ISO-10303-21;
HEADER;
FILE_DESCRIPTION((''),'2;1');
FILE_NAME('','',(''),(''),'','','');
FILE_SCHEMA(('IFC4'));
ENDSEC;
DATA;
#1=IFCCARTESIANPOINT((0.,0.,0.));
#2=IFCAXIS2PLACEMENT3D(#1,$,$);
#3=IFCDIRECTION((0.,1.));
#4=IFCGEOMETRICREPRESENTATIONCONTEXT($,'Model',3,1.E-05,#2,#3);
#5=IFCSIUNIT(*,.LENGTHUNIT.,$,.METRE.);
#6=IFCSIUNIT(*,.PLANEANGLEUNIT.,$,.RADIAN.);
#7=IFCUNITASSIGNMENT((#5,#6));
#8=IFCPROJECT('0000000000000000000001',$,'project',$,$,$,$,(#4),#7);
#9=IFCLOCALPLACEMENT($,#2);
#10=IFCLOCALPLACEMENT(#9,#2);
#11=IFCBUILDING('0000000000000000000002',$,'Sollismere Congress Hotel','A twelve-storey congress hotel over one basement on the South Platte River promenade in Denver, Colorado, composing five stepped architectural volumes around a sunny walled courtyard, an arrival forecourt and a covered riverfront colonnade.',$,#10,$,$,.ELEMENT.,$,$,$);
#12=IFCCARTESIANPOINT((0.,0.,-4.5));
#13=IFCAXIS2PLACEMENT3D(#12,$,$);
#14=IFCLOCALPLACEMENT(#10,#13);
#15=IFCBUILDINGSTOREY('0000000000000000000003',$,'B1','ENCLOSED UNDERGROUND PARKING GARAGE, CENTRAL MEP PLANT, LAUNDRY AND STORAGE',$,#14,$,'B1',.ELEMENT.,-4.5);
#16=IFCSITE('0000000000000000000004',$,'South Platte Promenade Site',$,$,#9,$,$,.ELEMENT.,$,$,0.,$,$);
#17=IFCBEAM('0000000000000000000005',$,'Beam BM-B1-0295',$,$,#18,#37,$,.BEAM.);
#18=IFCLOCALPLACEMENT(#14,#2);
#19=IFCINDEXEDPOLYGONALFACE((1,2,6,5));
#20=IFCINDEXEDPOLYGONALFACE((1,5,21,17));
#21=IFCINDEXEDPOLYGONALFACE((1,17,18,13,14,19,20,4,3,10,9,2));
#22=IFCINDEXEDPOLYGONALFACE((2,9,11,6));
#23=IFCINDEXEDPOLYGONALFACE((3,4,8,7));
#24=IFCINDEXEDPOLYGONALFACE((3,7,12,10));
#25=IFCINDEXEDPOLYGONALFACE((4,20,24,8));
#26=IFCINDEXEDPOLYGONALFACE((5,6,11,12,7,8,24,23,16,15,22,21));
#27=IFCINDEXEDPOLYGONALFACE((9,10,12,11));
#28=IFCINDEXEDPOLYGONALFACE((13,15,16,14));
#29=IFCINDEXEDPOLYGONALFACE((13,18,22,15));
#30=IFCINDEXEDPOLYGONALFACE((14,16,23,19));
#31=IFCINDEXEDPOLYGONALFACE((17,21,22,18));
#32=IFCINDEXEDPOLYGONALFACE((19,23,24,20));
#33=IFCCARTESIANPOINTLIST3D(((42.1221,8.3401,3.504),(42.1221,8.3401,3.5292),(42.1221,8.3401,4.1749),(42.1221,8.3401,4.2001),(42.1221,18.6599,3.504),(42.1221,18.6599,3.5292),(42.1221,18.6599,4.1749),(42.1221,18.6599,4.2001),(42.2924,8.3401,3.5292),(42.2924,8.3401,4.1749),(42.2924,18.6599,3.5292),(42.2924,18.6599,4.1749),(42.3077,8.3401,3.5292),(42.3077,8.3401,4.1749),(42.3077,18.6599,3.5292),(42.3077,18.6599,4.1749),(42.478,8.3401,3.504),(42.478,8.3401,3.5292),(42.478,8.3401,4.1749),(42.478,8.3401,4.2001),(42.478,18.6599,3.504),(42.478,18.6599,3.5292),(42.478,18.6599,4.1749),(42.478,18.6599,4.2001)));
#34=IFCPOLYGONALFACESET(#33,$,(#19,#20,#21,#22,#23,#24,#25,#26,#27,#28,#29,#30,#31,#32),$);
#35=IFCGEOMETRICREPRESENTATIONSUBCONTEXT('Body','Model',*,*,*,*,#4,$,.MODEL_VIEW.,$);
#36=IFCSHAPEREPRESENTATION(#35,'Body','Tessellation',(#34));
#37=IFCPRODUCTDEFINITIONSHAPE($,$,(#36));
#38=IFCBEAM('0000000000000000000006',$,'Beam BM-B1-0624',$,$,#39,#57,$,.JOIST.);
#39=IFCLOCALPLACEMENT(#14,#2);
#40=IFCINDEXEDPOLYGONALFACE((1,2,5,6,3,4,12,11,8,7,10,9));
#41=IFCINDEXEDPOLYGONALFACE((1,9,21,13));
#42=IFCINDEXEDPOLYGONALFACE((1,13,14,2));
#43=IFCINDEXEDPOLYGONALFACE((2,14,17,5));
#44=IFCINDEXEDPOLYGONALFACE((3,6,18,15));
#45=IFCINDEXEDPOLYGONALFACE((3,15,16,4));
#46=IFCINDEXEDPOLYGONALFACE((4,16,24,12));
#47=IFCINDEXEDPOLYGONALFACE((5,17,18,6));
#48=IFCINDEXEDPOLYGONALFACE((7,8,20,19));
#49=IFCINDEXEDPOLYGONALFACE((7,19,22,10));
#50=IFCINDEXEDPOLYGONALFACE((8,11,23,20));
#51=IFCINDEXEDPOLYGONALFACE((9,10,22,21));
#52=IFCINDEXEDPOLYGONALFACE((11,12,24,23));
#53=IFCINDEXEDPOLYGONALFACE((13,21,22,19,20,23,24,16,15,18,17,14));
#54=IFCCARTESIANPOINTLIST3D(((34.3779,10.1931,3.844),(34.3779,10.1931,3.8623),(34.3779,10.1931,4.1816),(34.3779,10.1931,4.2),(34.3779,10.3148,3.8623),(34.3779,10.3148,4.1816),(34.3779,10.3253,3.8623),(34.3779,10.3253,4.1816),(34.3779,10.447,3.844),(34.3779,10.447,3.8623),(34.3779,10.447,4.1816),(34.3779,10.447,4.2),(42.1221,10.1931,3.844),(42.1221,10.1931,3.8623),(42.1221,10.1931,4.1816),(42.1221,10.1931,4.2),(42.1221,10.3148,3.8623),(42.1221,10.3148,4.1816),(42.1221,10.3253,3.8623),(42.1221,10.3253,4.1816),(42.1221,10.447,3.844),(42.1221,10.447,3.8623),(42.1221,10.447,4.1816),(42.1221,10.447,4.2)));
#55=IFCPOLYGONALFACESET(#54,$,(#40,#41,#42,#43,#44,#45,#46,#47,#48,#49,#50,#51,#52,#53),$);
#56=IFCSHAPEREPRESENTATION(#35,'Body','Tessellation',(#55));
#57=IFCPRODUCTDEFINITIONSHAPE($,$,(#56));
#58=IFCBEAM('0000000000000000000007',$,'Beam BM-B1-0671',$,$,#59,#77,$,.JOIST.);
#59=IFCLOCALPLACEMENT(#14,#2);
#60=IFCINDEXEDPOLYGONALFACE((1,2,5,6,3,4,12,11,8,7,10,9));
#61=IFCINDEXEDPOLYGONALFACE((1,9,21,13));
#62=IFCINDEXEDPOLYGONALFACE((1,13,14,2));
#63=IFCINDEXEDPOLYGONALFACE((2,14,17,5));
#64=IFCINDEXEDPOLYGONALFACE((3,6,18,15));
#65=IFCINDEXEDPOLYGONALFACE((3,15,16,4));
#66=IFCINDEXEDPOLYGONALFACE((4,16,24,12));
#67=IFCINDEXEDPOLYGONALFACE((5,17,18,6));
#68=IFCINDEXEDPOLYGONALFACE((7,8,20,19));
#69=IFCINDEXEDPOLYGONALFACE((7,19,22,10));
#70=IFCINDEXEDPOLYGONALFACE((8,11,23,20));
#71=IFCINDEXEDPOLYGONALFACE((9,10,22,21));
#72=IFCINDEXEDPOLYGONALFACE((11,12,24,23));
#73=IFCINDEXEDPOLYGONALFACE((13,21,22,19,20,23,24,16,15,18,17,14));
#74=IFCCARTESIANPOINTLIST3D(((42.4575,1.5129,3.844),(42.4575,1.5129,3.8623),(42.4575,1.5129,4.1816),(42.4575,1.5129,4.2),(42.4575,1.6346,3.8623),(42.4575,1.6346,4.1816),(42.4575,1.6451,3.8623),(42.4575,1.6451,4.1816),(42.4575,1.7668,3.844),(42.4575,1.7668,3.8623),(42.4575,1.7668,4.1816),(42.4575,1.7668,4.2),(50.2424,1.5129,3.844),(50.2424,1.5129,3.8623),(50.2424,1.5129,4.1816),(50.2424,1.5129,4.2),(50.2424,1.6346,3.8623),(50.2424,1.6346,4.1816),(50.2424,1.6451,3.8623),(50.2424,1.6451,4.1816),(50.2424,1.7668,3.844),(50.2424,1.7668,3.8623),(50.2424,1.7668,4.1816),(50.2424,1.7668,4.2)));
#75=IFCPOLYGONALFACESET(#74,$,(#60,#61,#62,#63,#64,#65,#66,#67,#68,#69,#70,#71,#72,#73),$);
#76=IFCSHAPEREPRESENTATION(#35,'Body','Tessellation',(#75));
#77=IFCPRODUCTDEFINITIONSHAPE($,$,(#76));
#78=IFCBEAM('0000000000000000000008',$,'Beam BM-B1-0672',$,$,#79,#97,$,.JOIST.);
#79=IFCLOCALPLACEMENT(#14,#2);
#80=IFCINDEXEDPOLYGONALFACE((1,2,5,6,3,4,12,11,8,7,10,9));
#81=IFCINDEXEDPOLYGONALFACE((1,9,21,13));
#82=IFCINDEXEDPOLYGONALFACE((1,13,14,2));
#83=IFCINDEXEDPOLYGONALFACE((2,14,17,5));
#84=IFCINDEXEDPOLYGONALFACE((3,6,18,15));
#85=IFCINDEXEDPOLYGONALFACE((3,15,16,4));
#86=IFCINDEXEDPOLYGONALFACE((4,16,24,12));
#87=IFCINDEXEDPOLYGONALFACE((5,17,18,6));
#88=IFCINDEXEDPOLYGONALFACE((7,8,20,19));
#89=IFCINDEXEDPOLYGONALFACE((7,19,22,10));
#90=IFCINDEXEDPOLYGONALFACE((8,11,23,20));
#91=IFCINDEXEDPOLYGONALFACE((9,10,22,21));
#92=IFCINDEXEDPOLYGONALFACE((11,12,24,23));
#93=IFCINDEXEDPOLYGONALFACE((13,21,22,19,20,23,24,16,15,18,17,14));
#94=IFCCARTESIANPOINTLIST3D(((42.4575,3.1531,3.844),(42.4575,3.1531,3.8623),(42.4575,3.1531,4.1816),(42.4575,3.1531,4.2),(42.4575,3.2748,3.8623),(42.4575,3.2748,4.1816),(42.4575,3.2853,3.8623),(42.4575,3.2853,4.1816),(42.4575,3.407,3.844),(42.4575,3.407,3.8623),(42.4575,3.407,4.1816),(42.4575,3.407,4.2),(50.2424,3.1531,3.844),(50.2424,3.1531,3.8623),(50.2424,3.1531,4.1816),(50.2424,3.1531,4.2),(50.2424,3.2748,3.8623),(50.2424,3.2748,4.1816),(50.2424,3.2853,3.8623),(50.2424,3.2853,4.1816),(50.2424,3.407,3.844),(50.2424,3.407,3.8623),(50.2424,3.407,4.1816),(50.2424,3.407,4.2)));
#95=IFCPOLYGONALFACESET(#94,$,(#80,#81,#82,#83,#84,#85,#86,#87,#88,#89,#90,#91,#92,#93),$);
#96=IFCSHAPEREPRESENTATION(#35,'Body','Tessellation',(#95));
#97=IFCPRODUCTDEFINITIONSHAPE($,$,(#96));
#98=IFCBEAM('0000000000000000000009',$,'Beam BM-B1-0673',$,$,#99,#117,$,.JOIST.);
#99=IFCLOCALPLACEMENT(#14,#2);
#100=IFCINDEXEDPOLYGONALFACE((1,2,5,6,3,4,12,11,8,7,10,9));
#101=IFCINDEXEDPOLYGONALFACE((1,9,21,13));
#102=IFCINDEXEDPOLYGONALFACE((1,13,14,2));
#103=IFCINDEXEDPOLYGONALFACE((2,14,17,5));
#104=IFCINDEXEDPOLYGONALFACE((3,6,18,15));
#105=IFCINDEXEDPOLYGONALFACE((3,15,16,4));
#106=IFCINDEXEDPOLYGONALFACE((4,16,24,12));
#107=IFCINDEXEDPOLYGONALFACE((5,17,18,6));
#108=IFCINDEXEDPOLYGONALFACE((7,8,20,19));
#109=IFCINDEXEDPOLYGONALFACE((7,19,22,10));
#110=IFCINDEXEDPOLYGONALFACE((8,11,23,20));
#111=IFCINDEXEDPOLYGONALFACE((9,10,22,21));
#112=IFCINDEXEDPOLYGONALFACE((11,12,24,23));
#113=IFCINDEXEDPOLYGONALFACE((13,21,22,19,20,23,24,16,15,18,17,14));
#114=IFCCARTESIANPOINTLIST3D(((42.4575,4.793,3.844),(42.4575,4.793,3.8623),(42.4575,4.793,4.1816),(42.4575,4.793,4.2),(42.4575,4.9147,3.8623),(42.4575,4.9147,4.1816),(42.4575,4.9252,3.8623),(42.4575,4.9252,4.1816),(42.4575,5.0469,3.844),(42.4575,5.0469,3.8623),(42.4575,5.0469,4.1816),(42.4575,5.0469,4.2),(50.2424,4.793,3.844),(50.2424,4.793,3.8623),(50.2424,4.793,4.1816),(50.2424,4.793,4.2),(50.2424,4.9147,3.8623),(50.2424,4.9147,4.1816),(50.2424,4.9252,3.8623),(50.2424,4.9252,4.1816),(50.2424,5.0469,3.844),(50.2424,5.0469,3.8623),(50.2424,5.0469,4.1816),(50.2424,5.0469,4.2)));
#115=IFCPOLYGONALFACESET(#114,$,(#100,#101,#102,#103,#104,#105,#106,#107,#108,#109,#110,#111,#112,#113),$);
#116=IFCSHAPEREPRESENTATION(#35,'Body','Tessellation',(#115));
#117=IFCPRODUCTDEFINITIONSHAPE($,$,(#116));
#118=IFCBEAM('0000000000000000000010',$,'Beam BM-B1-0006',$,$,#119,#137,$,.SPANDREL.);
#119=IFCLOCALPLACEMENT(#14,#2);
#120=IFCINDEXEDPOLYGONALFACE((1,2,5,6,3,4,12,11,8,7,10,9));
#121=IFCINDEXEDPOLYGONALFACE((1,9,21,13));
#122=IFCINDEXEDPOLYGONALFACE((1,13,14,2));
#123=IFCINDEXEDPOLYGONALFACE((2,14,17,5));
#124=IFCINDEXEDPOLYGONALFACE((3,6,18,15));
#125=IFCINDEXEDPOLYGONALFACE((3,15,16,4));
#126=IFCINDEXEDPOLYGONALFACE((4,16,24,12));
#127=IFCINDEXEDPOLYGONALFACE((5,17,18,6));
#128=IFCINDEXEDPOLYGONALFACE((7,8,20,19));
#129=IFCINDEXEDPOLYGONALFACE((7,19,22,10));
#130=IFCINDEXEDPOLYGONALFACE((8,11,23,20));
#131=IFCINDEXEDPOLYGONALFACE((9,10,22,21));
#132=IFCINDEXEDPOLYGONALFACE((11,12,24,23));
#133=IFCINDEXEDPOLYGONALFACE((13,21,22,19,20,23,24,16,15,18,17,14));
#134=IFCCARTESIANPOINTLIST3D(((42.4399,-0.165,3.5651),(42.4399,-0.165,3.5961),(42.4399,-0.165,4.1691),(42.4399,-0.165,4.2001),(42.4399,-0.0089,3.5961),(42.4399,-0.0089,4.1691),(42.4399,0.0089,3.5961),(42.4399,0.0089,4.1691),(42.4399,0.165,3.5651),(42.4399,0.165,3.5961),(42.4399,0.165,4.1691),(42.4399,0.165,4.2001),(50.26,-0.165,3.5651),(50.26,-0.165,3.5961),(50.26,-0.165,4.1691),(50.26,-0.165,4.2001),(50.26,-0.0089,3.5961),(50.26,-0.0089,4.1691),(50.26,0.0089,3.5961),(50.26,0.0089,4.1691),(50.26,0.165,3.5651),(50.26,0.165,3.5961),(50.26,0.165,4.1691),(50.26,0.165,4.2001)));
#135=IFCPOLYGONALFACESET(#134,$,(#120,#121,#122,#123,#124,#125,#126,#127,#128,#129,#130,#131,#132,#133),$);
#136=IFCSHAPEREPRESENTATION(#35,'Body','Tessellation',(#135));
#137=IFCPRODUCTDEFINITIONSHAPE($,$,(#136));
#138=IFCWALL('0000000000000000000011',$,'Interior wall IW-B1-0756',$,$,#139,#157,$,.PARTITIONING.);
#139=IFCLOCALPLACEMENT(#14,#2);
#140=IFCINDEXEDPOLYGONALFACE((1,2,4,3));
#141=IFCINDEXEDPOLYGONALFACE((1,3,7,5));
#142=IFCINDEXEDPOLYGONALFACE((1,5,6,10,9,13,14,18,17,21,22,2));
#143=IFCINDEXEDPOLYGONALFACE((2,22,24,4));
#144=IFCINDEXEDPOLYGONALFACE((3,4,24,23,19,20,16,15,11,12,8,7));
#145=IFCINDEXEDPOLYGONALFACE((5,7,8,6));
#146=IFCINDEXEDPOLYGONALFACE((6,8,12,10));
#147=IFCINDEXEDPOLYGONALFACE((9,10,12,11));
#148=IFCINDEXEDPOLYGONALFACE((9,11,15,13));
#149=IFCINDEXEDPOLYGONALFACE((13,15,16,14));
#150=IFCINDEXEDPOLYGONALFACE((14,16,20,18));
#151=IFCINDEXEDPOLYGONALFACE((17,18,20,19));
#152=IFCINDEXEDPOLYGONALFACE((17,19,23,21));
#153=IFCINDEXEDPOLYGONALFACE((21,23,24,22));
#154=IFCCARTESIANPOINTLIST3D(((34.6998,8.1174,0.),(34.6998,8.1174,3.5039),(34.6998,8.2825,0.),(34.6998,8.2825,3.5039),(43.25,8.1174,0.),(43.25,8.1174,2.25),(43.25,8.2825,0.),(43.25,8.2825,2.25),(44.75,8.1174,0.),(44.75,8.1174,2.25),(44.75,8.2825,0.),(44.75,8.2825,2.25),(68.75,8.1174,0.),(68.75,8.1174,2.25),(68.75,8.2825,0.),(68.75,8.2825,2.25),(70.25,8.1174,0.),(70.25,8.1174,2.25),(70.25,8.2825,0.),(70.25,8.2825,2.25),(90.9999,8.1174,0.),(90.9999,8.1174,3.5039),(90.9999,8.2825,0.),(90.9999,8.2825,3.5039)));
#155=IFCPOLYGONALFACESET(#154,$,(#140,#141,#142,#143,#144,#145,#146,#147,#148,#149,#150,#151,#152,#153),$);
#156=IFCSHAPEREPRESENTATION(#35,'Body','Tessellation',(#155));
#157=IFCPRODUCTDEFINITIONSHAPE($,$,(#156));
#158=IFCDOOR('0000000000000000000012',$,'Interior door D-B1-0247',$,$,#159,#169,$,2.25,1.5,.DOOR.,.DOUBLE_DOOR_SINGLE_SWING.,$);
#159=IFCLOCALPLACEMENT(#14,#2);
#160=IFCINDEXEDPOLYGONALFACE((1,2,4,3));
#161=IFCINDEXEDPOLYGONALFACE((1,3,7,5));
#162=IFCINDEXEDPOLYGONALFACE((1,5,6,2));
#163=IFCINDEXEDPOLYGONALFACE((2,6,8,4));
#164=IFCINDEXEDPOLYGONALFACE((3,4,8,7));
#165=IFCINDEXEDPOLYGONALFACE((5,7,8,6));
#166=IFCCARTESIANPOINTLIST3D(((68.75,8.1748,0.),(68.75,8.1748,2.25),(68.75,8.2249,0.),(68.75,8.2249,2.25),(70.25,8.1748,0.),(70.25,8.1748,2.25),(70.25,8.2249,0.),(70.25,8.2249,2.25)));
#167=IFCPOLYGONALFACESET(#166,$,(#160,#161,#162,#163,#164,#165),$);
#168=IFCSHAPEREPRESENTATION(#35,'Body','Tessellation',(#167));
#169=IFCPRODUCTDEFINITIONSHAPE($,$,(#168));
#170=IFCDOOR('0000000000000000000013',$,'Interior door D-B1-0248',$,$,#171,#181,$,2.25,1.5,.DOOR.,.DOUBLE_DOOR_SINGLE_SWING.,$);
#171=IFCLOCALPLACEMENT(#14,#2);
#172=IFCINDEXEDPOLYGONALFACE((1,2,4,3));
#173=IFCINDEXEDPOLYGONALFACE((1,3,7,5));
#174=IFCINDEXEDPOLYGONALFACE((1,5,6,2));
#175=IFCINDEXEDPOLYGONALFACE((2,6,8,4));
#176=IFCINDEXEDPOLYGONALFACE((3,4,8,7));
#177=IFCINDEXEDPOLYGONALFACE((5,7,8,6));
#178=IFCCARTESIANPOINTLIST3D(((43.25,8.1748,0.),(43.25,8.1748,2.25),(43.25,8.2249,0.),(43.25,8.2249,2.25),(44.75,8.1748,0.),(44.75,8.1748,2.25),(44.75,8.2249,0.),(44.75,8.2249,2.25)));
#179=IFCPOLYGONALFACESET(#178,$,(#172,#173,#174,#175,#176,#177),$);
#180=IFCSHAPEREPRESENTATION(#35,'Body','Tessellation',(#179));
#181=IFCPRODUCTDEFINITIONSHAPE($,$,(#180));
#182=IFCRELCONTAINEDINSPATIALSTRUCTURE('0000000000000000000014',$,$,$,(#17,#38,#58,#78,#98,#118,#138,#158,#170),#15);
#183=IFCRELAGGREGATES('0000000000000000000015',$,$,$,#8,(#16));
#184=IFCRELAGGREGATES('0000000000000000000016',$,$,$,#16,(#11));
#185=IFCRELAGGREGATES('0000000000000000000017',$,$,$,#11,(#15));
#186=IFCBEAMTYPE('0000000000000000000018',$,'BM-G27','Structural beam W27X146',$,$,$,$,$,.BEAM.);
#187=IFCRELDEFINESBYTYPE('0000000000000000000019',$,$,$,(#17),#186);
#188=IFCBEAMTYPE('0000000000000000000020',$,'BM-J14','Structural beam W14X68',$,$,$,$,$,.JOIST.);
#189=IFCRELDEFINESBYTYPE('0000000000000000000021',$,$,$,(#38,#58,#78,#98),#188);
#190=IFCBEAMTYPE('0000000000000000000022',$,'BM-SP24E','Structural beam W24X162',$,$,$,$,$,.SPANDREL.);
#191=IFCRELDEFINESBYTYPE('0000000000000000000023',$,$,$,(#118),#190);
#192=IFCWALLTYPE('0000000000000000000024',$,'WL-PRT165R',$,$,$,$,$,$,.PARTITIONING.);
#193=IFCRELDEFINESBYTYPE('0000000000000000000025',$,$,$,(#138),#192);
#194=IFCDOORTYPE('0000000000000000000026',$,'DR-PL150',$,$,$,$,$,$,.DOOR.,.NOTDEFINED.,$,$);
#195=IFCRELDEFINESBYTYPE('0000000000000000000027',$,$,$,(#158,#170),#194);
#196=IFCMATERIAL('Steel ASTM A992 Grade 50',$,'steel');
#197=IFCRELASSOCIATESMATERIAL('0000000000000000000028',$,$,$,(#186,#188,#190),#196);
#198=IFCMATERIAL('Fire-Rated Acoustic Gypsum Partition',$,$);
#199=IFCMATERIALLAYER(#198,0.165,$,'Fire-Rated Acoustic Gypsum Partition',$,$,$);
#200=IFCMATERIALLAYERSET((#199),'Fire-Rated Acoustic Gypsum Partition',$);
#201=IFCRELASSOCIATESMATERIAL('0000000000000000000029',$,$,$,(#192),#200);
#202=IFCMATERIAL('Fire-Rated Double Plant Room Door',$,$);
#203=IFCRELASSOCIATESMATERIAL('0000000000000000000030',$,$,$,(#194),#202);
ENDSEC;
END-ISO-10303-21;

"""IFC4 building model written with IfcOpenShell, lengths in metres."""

from ifc_helpers import new_model, si_unit, direction, frame, frame_2d, origin, origin_2d, place, context, subcontext, project, spatial, rectangle, i_section, extrude, material, layer, layer_set, material_profile, profile_set, type_object, element, fill, save


model = new_model("IFC4")

# Units and contexts
model_context = context("Model", 3, precision=1e-05, world=origin(), true_north=direction((0.0, 1.0)))
body_context = subcontext(model_context, "Body", "Model", "MODEL_VIEW")
ifc_project = project(units=[si_unit("LENGTHUNIT", "METRE"), si_unit("PLANEANGLEUNIT", "RADIAN")], contexts=[model_context])

# Site, building, storey
site_placement = place(None, origin())
site = spatial("IfcSite", under=ifc_project, at=site_placement, Name="South Platte Promenade Site", CompositionType="ELEMENT", RefElevation=0.0)
building_placement = place(site_placement, origin())
building = spatial("IfcBuilding", under=site, at=building_placement, Name="Sollismere Congress Hotel", Description="A twelve-storey congress hotel over one basement on the South Platte River promenade in Denver, Colorado, composing five stepped architectural volumes around a sunny walled courtyard, an arrival forecourt and a covered riverfront colonnade.", CompositionType="ELEMENT")
storey_placement = place(building_placement, frame((0.0, 0.0, -4.5)))
storey = spatial("IfcBuildingStorey", under=building, at=storey_placement, Name="B1", Description="ENCLOSED UNDERGROUND PARKING GARAGE, CENTRAL MEP PLANT, LAUNDRY AND STORAGE", LongName="B1", CompositionType="ELEMENT", Elevation=-4.5)

# Beams
ifc_material_1 = material(Name="Steel ASTM A992 Grade 50", Category="steel")
ifc_material_profile_1 = material_profile(ifc_material_1, i_section(OverallWidth=0.356, OverallDepth=0.696, WebThickness=0.0154, FlangeThickness=0.0251, at=origin_2d()), Name="W27X146")
ifc_profile_set_1 = profile_set([ifc_material_profile_1], Name="Steel ASTM A992 Grade 50")
beam_type_1 = type_object("IfcBeamType", Name="BM-G27", Description="Structural beam W27X146", PredefinedType="BEAM", material=ifc_profile_set_1)
beam_1_placement = place(storey_placement, frame((42.3, 8.3401, 3.8521), z_axis=(0.0, 1.0, 0.0), x_axis=(-1.0, 0.0, 0.0)))
element("IfcBeam", 1, at=beam_1_placement, inside=storey, type_object=beam_type_1, Name="Beam BM-B1-0295", PredefinedType="BEAM", context=body_context, shape_type="SweptSolid", body=[
    extrude(i_section(OverallWidth=0.356, OverallDepth=0.696, WebThickness=0.0154, FlangeThickness=0.0251, at=origin_2d()), origin(), (0.0, 0.0, 1.0), 10.3198),
])
ifc_material_profile_2 = material_profile(ifc_material_1, i_section(OverallWidth=0.2539, OverallDepth=0.356, WebThickness=0.0105, FlangeThickness=0.0183, at=origin_2d()), Name="W14X68")
ifc_profile_set_2 = profile_set([ifc_material_profile_2], Name="Steel ASTM A992 Grade 50")
beam_type_2 = type_object("IfcBeamType", Name="BM-J14", Description="Structural beam W14X68", PredefinedType="JOIST", material=ifc_profile_set_2)
beam_2_placement = place(storey_placement, frame((34.3779, 10.3201, 4.022), z_axis=(1.0, 0.0, 0.0), x_axis=(0.0, 1.0, 0.0)))
element("IfcBeam", 2, at=beam_2_placement, inside=storey, type_object=beam_type_2, Name="Beam BM-B1-0624", PredefinedType="JOIST", context=body_context, shape_type="SweptSolid", body=[
    extrude(i_section(OverallWidth=0.2539, OverallDepth=0.356, WebThickness=0.0105, FlangeThickness=0.0183, at=origin_2d()), origin(), (0.0, 0.0, 1.0), 7.7441),
])
for number, where, z_axis, x_axis, name in (
    (3, (42.4575, 1.6399, 4.022), (1.0, 0.0, 0.0), (0.0, 1.0, 0.0), "Beam BM-B1-0671"),
    (4, (42.4575, 3.28, 4.022), (1.0, 0.0, 0.0), (0.0, 1.0, 0.0), "Beam BM-B1-0672"),
    (5, (42.4575, 4.9199, 4.022), (1.0, 0.0, 0.0), (0.0, 1.0, 0.0), "Beam BM-B1-0673"),
):
    element("IfcBeam", number, at=place(storey_placement, frame(where, z_axis=z_axis, x_axis=x_axis)), inside=storey, type_object=beam_type_2, Name=name, PredefinedType="JOIST", context=body_context, shape_type="SweptSolid", body=[
        extrude(i_section(OverallWidth=0.2539, OverallDepth=0.356, WebThickness=0.0105, FlangeThickness=0.0183, at=origin_2d()), origin(), (0.0, 0.0, 1.0), 7.7849),
    ])
ifc_material_profile_3 = material_profile(ifc_material_1, i_section(OverallWidth=0.3301, OverallDepth=0.635, WebThickness=0.0178, FlangeThickness=0.031, at=origin_2d()), Name="W24X162")
ifc_profile_set_3 = profile_set([ifc_material_profile_3], Name="Steel ASTM A992 Grade 50")
beam_type_3 = type_object("IfcBeamType", Name="BM-SP24E", Description="Structural beam W24X162", PredefinedType="SPANDREL", material=ifc_profile_set_3)
beam_3_placement = place(storey_placement, frame((42.4399, 0.0, 3.8826), z_axis=(1.0, 0.0, 0.0), x_axis=(0.0, 1.0, 0.0)))
element("IfcBeam", 6, at=beam_3_placement, inside=storey, type_object=beam_type_3, Name="Beam BM-B1-0006", PredefinedType="SPANDREL", context=body_context, shape_type="SweptSolid", body=[
    extrude(i_section(OverallWidth=0.3301, OverallDepth=0.635, WebThickness=0.0178, FlangeThickness=0.031, at=origin_2d()), origin(), (0.0, 0.0, 1.0), 7.8201),
])

# Wall, openings, doors
ifc_material_2 = material(Name="Fire-Rated Acoustic Gypsum Partition")
ifc_layer = layer(ifc_material_2, 0.165, Name="Fire-Rated Acoustic Gypsum Partition")
ifc_layer_set = layer_set([ifc_layer], Name="Fire-Rated Acoustic Gypsum Partition")
wall_type = type_object("IfcWallType", Name="WL-PRT165R", PredefinedType="PARTITIONING", material=ifc_layer_set)
wall_1_placement = place(storey_placement, frame((34.7, 8.2, 0.0), z_axis=(0.0, 0.0, 1.0), x_axis=(1.0, 0.0, 0.0)))
wall_1 = element("IfcWall", 7, at=wall_1_placement, inside=storey, type_object=wall_type, Name="Interior wall IW-B1-0756", PredefinedType="PARTITIONING", context=body_context, shape_type="SweptSolid", body=[
    extrude(rectangle(XDim=56.3, YDim=0.165, at=frame_2d((28.1499, 0.0))), origin(), (0.0, 0.0, 1.0), 3.5039),
])
opening_1_placement = place(wall_1_placement, frame((34.05, 0.0, 0.0)))
opening_1 = element("IfcOpeningElement", 8, at=opening_1_placement, cuts=wall_1, PredefinedType="OPENING", context=body_context, shape_type="SweptSolid", body=[
    extrude(rectangle(XDim=1.5, YDim=2.25, at=frame_2d((0.75, 1.125))), frame((0.0, 0.0925, 0.0), z_axis=(0.0, -1.0, 0.0), x_axis=(1.0, 0.0, 0.0)), (0.0, 0.0, 1.0), 0.1851),
])
opening_2_placement = place(wall_1_placement, frame((8.55, 0.0, 0.0)))
opening_2 = element("IfcOpeningElement", 9, at=opening_2_placement, cuts=wall_1, PredefinedType="OPENING", context=body_context, shape_type="SweptSolid", body=[
    extrude(rectangle(XDim=1.5, YDim=2.25, at=frame_2d((0.75, 1.125))), frame((0.0, 0.0925, 0.0), z_axis=(0.0, -1.0, 0.0), x_axis=(1.0, 0.0, 0.0)), (0.0, 0.0, 1.0), 0.1851),
])
ifc_material_3 = material(Name="Fire-Rated Double Plant Room Door")
door_type = type_object("IfcDoorType", Name="DR-PL150", OperationType="NOTDEFINED", PredefinedType="DOOR", material=ifc_material_3)
door_1_placement = place(opening_1_placement, origin())
door_1 = element("IfcDoor", 10, at=door_1_placement, inside=storey, type_object=door_type, Name="Interior door D-B1-0247", OperationType="DOUBLE_DOOR_SINGLE_SWING", OverallHeight=2.25, OverallWidth=1.5, PredefinedType="DOOR", context=body_context, shape_type="SweptSolid", body=[
    extrude(rectangle(XDim=1.5, YDim=2.25, at=frame_2d((0.75, 1.125))), frame((0.0, 0.0249, 0.0), z_axis=(0.0, -1.0, 0.0), x_axis=(1.0, 0.0, 0.0)), (0.0, 0.0, 1.0), 0.05),
])
fill(opening_1, door_1)
door_2_placement = place(opening_2_placement, origin())
door_2 = element("IfcDoor", 11, at=door_2_placement, inside=storey, type_object=door_type, Name="Interior door D-B1-0248", OperationType="DOUBLE_DOOR_SINGLE_SWING", OverallHeight=2.25, OverallWidth=1.5, PredefinedType="DOOR", context=body_context, shape_type="SweptSolid", body=[
    extrude(rectangle(XDim=1.5, YDim=2.25, at=frame_2d((0.75, 1.125))), frame((0.0, 0.0249, 0.0), z_axis=(0.0, -1.0, 0.0), x_axis=(1.0, 0.0, 0.0)), (0.0, 0.0, 1.0), 0.05),
])
fill(opening_2, door_2)

save(model, "model.ifc")
